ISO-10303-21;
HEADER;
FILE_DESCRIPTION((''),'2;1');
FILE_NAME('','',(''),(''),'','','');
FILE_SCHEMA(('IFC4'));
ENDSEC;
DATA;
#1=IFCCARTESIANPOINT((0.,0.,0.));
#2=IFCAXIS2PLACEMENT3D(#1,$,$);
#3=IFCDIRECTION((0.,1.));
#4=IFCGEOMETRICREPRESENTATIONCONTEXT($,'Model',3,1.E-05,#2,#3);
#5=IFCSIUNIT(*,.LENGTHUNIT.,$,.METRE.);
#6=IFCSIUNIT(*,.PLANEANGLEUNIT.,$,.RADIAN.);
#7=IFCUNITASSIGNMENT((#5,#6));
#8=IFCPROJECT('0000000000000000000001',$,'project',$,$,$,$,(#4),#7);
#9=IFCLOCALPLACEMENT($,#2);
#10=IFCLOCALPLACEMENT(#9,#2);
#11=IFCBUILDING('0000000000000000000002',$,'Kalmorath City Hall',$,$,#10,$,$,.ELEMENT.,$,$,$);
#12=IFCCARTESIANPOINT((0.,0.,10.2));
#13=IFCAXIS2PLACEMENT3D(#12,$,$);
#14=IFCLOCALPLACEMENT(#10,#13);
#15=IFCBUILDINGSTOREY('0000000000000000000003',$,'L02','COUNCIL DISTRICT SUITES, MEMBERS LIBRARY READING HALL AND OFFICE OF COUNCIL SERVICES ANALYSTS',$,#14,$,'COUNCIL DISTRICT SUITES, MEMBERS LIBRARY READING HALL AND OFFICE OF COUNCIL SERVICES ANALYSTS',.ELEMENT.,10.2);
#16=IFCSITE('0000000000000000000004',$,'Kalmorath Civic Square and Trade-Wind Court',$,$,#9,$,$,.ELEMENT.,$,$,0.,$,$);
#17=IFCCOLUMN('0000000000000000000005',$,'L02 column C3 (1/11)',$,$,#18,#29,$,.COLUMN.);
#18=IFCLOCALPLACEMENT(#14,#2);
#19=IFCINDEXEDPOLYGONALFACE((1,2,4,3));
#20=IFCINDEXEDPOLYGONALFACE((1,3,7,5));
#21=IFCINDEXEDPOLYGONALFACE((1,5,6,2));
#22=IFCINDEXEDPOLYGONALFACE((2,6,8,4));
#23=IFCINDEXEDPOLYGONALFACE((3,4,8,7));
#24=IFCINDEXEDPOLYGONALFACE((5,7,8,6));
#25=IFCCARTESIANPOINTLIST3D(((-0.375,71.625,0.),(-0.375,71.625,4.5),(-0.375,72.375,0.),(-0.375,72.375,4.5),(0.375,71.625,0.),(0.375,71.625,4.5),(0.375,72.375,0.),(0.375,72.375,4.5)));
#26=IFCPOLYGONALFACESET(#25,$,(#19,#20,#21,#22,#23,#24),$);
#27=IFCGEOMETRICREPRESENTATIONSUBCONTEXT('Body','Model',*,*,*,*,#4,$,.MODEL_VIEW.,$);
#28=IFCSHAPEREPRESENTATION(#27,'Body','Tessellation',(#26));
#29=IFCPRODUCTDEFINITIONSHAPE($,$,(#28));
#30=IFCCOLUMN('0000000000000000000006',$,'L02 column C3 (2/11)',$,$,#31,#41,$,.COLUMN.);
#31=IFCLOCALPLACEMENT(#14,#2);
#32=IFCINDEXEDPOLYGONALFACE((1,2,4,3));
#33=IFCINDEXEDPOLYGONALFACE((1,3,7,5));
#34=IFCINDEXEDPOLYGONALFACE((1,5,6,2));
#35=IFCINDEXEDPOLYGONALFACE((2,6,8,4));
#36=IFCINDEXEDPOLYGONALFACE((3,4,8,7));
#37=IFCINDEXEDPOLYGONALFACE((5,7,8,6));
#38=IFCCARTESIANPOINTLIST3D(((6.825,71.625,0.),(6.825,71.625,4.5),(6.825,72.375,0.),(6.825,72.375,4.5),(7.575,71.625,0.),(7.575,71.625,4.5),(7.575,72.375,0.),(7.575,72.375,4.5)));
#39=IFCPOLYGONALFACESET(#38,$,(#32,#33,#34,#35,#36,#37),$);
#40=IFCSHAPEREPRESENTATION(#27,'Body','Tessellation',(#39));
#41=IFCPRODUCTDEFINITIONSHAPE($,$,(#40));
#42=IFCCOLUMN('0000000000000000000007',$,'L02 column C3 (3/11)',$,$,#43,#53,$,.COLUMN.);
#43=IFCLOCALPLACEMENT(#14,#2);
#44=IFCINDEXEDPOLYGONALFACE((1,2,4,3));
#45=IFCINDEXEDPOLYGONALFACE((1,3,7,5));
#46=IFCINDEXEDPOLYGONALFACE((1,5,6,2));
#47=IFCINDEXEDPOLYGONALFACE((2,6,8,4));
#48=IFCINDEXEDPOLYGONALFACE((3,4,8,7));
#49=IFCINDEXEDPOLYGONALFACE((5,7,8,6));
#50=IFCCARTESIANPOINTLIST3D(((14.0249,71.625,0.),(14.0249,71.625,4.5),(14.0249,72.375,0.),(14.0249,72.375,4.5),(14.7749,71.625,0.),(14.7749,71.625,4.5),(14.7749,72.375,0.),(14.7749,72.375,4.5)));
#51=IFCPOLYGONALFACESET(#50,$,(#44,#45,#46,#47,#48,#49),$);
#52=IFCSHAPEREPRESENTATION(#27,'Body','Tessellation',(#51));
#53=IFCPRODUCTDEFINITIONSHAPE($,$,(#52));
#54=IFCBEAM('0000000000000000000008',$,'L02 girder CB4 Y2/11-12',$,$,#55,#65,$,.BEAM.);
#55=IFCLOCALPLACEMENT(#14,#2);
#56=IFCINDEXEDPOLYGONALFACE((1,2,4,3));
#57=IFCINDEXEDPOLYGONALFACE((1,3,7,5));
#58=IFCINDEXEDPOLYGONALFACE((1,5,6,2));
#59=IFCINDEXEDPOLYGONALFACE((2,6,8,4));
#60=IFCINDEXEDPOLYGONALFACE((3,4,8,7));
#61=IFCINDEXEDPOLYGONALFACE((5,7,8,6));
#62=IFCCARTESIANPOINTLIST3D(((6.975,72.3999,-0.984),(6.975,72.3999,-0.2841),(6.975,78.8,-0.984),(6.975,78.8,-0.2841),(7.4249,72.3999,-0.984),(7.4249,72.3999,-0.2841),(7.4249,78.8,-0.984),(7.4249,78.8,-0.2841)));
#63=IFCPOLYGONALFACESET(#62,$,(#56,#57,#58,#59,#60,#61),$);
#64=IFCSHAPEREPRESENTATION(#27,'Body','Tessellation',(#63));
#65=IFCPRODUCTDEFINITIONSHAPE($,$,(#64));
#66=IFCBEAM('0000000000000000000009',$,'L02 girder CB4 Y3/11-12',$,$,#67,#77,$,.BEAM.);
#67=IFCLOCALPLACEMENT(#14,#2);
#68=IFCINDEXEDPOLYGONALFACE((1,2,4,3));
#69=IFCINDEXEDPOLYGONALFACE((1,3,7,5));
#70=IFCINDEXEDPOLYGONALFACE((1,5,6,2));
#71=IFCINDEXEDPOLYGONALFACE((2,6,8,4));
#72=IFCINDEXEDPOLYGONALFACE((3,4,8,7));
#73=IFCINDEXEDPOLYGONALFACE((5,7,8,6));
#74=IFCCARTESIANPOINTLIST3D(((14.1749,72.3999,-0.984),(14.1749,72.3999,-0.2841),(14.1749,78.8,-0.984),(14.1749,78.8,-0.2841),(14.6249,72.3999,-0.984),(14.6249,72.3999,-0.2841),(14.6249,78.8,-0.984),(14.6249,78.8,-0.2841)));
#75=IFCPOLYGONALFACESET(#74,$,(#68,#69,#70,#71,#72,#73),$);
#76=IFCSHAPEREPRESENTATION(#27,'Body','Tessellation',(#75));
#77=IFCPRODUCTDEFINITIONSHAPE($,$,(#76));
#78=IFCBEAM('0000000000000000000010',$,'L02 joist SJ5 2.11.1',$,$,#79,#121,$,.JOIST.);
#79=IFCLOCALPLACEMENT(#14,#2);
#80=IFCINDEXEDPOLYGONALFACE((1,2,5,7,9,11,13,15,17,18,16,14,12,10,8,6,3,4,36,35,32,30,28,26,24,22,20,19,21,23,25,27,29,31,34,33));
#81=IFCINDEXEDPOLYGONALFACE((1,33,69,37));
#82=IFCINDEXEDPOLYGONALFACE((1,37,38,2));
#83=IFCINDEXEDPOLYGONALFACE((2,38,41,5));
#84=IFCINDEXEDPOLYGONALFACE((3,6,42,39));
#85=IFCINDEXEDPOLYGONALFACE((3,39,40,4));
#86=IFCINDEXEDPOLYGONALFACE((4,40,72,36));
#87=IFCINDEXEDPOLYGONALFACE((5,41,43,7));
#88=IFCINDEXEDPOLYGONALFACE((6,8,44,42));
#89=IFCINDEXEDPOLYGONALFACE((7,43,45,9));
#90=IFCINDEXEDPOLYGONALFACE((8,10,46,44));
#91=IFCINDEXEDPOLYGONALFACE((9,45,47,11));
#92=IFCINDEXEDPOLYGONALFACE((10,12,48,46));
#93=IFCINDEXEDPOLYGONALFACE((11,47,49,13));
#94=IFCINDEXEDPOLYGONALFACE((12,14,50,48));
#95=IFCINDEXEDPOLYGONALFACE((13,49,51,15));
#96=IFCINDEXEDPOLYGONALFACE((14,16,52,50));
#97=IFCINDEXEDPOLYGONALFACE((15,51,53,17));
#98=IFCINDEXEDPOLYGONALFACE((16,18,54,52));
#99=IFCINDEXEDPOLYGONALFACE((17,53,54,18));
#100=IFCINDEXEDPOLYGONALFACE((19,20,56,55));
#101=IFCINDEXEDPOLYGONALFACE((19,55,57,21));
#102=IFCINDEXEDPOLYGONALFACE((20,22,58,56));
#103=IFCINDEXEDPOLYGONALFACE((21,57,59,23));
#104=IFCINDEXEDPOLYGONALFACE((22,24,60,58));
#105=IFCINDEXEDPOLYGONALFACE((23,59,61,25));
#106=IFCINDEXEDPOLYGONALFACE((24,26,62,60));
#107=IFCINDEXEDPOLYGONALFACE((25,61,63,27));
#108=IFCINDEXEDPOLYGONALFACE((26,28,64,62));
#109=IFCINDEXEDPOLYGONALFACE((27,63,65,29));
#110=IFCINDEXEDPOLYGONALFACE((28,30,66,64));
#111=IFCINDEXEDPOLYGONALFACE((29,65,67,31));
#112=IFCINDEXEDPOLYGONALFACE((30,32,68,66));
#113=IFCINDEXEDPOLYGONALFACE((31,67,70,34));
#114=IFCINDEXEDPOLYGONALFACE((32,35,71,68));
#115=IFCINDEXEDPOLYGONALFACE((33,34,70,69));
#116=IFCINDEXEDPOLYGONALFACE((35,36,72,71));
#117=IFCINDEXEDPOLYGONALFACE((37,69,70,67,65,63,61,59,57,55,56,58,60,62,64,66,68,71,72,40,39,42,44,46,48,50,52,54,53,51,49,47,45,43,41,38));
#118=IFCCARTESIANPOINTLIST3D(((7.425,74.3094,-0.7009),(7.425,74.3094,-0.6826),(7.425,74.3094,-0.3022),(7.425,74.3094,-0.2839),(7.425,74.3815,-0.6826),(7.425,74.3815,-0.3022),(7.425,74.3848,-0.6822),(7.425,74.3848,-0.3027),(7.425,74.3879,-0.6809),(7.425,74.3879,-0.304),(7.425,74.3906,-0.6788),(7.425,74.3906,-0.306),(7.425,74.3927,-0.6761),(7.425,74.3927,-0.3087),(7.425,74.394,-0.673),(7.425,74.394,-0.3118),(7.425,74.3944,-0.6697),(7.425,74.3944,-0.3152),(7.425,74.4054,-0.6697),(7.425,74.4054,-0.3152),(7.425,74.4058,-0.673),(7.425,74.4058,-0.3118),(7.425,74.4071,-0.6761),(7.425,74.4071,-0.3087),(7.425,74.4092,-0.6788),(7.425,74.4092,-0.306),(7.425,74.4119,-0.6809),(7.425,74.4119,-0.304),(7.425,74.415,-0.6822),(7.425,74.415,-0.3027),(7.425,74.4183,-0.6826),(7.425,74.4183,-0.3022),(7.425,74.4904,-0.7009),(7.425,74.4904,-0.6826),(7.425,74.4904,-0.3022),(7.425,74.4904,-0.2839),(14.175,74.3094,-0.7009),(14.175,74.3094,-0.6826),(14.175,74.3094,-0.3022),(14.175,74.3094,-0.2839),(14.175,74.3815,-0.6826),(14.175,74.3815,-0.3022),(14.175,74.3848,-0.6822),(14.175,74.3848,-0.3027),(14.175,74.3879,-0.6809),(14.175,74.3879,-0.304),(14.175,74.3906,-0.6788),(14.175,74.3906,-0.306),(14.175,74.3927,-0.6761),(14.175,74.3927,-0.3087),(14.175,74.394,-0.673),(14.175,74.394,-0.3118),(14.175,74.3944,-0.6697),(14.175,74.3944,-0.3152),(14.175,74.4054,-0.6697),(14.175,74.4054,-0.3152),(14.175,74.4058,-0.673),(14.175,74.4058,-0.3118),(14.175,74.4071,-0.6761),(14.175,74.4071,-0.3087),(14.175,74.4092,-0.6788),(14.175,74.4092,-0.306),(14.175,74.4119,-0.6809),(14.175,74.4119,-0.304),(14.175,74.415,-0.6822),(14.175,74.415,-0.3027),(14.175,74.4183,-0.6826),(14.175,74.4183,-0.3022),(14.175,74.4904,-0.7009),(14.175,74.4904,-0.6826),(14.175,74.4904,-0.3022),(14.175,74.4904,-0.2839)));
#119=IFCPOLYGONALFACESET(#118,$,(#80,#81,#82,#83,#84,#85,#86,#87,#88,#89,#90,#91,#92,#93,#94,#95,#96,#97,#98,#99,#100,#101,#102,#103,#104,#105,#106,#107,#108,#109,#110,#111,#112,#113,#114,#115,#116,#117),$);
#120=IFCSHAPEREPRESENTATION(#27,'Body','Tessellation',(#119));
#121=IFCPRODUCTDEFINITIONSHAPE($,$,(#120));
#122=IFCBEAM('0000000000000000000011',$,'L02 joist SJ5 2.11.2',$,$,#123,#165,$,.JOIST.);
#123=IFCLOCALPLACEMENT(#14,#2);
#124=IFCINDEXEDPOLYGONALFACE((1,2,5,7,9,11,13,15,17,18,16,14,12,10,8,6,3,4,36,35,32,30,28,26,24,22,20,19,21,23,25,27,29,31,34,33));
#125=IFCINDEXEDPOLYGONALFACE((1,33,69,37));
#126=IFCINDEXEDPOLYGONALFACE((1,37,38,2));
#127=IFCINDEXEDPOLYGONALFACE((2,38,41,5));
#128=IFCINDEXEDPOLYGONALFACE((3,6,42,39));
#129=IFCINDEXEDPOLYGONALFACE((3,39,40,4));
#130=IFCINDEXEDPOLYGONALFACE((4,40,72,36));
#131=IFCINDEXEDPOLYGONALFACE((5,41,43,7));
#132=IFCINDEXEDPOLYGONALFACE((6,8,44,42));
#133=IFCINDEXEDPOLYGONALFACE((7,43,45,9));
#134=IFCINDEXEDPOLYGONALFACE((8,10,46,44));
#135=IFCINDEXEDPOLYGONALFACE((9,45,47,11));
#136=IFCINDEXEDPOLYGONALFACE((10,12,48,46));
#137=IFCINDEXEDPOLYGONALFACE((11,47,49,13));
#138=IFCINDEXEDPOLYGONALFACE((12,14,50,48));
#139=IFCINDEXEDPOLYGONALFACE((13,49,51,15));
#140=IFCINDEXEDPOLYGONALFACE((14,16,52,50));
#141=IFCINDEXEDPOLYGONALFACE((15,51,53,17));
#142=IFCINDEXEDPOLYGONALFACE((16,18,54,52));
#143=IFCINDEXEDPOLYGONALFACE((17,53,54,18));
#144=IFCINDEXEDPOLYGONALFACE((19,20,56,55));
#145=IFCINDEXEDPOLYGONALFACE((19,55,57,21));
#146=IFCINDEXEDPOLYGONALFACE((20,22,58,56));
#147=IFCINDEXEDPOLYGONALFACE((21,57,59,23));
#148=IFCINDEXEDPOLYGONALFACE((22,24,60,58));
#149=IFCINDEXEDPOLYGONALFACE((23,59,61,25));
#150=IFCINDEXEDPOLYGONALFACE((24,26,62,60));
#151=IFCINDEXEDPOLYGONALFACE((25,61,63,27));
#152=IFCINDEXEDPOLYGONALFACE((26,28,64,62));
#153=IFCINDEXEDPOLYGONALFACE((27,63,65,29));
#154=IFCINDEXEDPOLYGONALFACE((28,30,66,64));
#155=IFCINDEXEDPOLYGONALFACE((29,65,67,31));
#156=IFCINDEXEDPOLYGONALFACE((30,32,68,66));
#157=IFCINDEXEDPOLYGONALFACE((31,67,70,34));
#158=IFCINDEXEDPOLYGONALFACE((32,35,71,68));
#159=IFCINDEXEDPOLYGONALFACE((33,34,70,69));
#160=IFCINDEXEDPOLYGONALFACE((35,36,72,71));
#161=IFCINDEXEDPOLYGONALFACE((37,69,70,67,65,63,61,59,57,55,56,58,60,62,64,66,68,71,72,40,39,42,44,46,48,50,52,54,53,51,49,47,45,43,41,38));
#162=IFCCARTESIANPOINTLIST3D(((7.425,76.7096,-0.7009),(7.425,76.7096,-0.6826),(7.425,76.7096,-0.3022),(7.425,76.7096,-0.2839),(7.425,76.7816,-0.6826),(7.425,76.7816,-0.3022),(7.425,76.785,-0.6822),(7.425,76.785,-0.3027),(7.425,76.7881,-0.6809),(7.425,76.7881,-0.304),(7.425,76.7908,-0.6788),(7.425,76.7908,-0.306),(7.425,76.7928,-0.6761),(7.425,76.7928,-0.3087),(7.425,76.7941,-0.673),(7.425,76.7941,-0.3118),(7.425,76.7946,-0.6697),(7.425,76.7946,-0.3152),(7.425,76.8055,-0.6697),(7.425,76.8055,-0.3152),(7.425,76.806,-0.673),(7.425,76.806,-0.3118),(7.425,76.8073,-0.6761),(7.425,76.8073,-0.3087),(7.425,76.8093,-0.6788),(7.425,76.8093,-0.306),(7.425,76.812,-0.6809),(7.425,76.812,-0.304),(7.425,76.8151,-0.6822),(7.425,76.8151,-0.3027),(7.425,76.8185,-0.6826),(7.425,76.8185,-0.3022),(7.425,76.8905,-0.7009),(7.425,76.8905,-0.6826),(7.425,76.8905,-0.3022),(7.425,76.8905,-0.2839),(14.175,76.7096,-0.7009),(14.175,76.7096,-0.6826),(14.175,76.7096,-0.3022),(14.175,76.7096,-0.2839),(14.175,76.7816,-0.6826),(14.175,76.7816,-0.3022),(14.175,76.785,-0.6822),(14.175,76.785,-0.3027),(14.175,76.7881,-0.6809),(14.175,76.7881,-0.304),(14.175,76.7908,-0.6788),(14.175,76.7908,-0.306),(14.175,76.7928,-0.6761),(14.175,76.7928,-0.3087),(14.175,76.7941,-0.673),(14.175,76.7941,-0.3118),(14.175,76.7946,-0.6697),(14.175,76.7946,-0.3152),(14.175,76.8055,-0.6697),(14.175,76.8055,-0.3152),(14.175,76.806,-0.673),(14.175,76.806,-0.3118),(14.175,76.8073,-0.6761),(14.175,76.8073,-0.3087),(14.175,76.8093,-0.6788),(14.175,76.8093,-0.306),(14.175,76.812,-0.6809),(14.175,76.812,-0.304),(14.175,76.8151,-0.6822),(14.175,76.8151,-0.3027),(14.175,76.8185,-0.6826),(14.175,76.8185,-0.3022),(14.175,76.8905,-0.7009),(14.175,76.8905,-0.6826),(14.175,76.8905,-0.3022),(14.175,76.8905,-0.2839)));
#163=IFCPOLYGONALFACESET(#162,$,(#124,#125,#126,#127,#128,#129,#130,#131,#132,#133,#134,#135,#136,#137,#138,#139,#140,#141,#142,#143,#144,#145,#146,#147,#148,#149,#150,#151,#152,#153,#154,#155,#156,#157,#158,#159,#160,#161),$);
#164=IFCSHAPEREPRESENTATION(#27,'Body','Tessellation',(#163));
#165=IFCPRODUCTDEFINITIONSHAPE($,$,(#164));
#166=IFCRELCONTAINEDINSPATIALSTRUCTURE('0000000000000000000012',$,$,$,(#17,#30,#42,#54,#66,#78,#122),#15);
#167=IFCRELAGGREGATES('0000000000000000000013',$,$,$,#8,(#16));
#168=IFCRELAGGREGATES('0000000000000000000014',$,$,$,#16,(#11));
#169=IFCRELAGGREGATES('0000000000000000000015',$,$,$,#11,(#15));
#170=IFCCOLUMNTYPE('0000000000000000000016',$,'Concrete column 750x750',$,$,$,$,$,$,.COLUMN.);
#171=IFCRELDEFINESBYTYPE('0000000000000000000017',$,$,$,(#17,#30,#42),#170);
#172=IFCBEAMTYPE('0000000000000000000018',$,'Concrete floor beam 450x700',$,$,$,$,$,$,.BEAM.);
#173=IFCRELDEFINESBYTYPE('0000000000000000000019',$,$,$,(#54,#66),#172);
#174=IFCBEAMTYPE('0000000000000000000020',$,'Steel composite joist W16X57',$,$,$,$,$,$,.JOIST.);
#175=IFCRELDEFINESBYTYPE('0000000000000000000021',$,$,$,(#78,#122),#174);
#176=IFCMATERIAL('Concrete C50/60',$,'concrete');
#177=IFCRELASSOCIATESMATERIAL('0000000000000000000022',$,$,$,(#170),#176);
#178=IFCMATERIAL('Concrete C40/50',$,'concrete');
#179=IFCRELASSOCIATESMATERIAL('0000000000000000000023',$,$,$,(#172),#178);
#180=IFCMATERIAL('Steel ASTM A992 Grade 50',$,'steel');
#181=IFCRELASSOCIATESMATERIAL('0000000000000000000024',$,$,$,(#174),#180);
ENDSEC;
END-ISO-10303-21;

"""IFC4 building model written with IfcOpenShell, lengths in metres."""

from ifc_helpers import new_model, si_unit, direction, frame, origin, origin_2d, place, context, subcontext, project, spatial, rectangle, i_section, extrude, material, material_profile, profile_set, type_object, element, save


model = new_model("IFC4")

# Units and contexts
model_context = context("Model", 3, precision=1e-05, world=origin(), true_north=direction((0.0, 1.0)))
body_context = subcontext(model_context, "Body", "Model", "MODEL_VIEW")
ifc_project = project(units=[si_unit("LENGTHUNIT", "METRE"), si_unit("PLANEANGLEUNIT", "RADIAN")], contexts=[model_context])

# Site, building, storey
site_placement = place(None, origin())
site = spatial("IfcSite", under=ifc_project, at=site_placement, Name="Kalmorath Civic Square and Trade-Wind Court", CompositionType="ELEMENT", RefElevation=0.0)
building_placement = place(site_placement, origin())
building = spatial("IfcBuilding", under=site, at=building_placement, Name="Kalmorath City Hall", CompositionType="ELEMENT")
storey_placement = place(building_placement, frame((0.0, 0.0, 10.2)))
storey = spatial("IfcBuildingStorey", under=building, at=storey_placement, Name="L02", Description="COUNCIL DISTRICT SUITES, MEMBERS LIBRARY READING HALL AND OFFICE OF COUNCIL SERVICES ANALYSTS", LongName="COUNCIL DISTRICT SUITES, MEMBERS LIBRARY READING HALL AND OFFICE OF COUNCIL SERVICES ANALYSTS", CompositionType="ELEMENT", Elevation=10.2)

# Columns
ifc_material_1 = material(Name="Concrete C50/60", Category="concrete")
ifc_material_profile_1 = material_profile(ifc_material_1, rectangle(XDim=0.75, YDim=0.75, at=origin_2d()), Name="RC-COL-750X750")
ifc_profile_set_1 = profile_set([ifc_material_profile_1], Name="Concrete C50/60")
column_type = type_object("IfcColumnType", Name="Concrete column 750x750", PredefinedType="COLUMN", material=ifc_profile_set_1)
for number, where, z_axis, x_axis, name in (
    (1, (0.0, 72.0, 0.0), (0.0, 0.0, 1.0), (1.0, 0.0, 0.0), "L02 column C3 (1/11)"),
    (2, (7.2, 72.0, 0.0), (0.0, 0.0, 1.0), (1.0, 0.0, 0.0), "L02 column C3 (2/11)"),
    (3, (14.3999, 72.0, 0.0), (0.0, 0.0, 1.0), (1.0, 0.0, 0.0), "L02 column C3 (3/11)"),
):
    element("IfcColumn", number, at=place(storey_placement, frame(where, z_axis=z_axis, x_axis=x_axis)), inside=storey, type_object=column_type, Name=name, PredefinedType="COLUMN", context=body_context, shape_type="SweptSolid", body=[
        extrude(rectangle(XDim=0.75, YDim=0.75, at=origin_2d()), origin(), (0.0, 0.0, 1.0), 4.5),
    ])

# Beams
ifc_material_2 = material(Name="Concrete C40/50", Category="concrete")
ifc_material_profile_2 = material_profile(ifc_material_2, rectangle(XDim=0.45, YDim=0.7, at=origin_2d()), Name="RC-BM-450X700")
ifc_profile_set_2 = profile_set([ifc_material_profile_2], Name="Concrete C40/50")
beam_type_1 = type_object("IfcBeamType", Name="Concrete floor beam 450x700", PredefinedType="BEAM", material=ifc_profile_set_2)
for number, where, z_axis, x_axis, name in (
    (4, (7.2, 72.3999, -0.634), (0.0, 1.0, 0.0), (-1.0, 0.0, 0.0), "L02 girder CB4 Y2/11-12"),
    (5, (14.3999, 72.3999, -0.634), (0.0, 1.0, 0.0), (-1.0, 0.0, 0.0), "L02 girder CB4 Y3/11-12"),
):
    element("IfcBeam", number, at=place(storey_placement, frame(where, z_axis=z_axis, x_axis=x_axis)), inside=storey, type_object=beam_type_1, Name=name, PredefinedType="BEAM", context=body_context, shape_type="SweptSolid", body=[
        extrude(rectangle(XDim=0.45, YDim=0.7, at=origin_2d()), origin(), (0.0, 0.0, 1.0), 6.4001),
    ])
ifc_material_3 = material(Name="Steel ASTM A992 Grade 50", Category="steel")
ifc_material_profile_3 = material_profile(ifc_material_3, i_section(OverallWidth=0.1809, OverallDepth=0.417, WebThickness=0.011, FlangeThickness=0.0183, FilletRadius=0.0129, at=origin_2d()), Name="W16X57")
ifc_profile_set_3 = profile_set([ifc_material_profile_3], Name="Steel ASTM A992 Grade 50")
beam_type_2 = type_object("IfcBeamType", Name="Steel composite joist W16X57", PredefinedType="JOIST", material=ifc_profile_set_3)
for number, where, z_axis, x_axis, name in (
    (6, (7.425, 74.3999, -0.4924), (1.0, 0.0, 0.0), (0.0, 1.0, 0.0), "L02 joist SJ5 2.11.1"),
    (7, (7.425, 76.8, -0.4924), (1.0, 0.0, 0.0), (0.0, 1.0, 0.0), "L02 joist SJ5 2.11.2"),
):
    element("IfcBeam", number, at=place(storey_placement, frame(where, z_axis=z_axis, x_axis=x_axis)), inside=storey, type_object=beam_type_2, Name=name, PredefinedType="JOIST", context=body_context, shape_type="SweptSolid", body=[
        extrude(i_section(OverallWidth=0.1809, OverallDepth=0.417, WebThickness=0.011, FlangeThickness=0.0183, FilletRadius=0.0129, at=origin_2d()), origin(), (0.0, 0.0, 1.0), 6.75),
    ])

save(model, "model.ifc")
